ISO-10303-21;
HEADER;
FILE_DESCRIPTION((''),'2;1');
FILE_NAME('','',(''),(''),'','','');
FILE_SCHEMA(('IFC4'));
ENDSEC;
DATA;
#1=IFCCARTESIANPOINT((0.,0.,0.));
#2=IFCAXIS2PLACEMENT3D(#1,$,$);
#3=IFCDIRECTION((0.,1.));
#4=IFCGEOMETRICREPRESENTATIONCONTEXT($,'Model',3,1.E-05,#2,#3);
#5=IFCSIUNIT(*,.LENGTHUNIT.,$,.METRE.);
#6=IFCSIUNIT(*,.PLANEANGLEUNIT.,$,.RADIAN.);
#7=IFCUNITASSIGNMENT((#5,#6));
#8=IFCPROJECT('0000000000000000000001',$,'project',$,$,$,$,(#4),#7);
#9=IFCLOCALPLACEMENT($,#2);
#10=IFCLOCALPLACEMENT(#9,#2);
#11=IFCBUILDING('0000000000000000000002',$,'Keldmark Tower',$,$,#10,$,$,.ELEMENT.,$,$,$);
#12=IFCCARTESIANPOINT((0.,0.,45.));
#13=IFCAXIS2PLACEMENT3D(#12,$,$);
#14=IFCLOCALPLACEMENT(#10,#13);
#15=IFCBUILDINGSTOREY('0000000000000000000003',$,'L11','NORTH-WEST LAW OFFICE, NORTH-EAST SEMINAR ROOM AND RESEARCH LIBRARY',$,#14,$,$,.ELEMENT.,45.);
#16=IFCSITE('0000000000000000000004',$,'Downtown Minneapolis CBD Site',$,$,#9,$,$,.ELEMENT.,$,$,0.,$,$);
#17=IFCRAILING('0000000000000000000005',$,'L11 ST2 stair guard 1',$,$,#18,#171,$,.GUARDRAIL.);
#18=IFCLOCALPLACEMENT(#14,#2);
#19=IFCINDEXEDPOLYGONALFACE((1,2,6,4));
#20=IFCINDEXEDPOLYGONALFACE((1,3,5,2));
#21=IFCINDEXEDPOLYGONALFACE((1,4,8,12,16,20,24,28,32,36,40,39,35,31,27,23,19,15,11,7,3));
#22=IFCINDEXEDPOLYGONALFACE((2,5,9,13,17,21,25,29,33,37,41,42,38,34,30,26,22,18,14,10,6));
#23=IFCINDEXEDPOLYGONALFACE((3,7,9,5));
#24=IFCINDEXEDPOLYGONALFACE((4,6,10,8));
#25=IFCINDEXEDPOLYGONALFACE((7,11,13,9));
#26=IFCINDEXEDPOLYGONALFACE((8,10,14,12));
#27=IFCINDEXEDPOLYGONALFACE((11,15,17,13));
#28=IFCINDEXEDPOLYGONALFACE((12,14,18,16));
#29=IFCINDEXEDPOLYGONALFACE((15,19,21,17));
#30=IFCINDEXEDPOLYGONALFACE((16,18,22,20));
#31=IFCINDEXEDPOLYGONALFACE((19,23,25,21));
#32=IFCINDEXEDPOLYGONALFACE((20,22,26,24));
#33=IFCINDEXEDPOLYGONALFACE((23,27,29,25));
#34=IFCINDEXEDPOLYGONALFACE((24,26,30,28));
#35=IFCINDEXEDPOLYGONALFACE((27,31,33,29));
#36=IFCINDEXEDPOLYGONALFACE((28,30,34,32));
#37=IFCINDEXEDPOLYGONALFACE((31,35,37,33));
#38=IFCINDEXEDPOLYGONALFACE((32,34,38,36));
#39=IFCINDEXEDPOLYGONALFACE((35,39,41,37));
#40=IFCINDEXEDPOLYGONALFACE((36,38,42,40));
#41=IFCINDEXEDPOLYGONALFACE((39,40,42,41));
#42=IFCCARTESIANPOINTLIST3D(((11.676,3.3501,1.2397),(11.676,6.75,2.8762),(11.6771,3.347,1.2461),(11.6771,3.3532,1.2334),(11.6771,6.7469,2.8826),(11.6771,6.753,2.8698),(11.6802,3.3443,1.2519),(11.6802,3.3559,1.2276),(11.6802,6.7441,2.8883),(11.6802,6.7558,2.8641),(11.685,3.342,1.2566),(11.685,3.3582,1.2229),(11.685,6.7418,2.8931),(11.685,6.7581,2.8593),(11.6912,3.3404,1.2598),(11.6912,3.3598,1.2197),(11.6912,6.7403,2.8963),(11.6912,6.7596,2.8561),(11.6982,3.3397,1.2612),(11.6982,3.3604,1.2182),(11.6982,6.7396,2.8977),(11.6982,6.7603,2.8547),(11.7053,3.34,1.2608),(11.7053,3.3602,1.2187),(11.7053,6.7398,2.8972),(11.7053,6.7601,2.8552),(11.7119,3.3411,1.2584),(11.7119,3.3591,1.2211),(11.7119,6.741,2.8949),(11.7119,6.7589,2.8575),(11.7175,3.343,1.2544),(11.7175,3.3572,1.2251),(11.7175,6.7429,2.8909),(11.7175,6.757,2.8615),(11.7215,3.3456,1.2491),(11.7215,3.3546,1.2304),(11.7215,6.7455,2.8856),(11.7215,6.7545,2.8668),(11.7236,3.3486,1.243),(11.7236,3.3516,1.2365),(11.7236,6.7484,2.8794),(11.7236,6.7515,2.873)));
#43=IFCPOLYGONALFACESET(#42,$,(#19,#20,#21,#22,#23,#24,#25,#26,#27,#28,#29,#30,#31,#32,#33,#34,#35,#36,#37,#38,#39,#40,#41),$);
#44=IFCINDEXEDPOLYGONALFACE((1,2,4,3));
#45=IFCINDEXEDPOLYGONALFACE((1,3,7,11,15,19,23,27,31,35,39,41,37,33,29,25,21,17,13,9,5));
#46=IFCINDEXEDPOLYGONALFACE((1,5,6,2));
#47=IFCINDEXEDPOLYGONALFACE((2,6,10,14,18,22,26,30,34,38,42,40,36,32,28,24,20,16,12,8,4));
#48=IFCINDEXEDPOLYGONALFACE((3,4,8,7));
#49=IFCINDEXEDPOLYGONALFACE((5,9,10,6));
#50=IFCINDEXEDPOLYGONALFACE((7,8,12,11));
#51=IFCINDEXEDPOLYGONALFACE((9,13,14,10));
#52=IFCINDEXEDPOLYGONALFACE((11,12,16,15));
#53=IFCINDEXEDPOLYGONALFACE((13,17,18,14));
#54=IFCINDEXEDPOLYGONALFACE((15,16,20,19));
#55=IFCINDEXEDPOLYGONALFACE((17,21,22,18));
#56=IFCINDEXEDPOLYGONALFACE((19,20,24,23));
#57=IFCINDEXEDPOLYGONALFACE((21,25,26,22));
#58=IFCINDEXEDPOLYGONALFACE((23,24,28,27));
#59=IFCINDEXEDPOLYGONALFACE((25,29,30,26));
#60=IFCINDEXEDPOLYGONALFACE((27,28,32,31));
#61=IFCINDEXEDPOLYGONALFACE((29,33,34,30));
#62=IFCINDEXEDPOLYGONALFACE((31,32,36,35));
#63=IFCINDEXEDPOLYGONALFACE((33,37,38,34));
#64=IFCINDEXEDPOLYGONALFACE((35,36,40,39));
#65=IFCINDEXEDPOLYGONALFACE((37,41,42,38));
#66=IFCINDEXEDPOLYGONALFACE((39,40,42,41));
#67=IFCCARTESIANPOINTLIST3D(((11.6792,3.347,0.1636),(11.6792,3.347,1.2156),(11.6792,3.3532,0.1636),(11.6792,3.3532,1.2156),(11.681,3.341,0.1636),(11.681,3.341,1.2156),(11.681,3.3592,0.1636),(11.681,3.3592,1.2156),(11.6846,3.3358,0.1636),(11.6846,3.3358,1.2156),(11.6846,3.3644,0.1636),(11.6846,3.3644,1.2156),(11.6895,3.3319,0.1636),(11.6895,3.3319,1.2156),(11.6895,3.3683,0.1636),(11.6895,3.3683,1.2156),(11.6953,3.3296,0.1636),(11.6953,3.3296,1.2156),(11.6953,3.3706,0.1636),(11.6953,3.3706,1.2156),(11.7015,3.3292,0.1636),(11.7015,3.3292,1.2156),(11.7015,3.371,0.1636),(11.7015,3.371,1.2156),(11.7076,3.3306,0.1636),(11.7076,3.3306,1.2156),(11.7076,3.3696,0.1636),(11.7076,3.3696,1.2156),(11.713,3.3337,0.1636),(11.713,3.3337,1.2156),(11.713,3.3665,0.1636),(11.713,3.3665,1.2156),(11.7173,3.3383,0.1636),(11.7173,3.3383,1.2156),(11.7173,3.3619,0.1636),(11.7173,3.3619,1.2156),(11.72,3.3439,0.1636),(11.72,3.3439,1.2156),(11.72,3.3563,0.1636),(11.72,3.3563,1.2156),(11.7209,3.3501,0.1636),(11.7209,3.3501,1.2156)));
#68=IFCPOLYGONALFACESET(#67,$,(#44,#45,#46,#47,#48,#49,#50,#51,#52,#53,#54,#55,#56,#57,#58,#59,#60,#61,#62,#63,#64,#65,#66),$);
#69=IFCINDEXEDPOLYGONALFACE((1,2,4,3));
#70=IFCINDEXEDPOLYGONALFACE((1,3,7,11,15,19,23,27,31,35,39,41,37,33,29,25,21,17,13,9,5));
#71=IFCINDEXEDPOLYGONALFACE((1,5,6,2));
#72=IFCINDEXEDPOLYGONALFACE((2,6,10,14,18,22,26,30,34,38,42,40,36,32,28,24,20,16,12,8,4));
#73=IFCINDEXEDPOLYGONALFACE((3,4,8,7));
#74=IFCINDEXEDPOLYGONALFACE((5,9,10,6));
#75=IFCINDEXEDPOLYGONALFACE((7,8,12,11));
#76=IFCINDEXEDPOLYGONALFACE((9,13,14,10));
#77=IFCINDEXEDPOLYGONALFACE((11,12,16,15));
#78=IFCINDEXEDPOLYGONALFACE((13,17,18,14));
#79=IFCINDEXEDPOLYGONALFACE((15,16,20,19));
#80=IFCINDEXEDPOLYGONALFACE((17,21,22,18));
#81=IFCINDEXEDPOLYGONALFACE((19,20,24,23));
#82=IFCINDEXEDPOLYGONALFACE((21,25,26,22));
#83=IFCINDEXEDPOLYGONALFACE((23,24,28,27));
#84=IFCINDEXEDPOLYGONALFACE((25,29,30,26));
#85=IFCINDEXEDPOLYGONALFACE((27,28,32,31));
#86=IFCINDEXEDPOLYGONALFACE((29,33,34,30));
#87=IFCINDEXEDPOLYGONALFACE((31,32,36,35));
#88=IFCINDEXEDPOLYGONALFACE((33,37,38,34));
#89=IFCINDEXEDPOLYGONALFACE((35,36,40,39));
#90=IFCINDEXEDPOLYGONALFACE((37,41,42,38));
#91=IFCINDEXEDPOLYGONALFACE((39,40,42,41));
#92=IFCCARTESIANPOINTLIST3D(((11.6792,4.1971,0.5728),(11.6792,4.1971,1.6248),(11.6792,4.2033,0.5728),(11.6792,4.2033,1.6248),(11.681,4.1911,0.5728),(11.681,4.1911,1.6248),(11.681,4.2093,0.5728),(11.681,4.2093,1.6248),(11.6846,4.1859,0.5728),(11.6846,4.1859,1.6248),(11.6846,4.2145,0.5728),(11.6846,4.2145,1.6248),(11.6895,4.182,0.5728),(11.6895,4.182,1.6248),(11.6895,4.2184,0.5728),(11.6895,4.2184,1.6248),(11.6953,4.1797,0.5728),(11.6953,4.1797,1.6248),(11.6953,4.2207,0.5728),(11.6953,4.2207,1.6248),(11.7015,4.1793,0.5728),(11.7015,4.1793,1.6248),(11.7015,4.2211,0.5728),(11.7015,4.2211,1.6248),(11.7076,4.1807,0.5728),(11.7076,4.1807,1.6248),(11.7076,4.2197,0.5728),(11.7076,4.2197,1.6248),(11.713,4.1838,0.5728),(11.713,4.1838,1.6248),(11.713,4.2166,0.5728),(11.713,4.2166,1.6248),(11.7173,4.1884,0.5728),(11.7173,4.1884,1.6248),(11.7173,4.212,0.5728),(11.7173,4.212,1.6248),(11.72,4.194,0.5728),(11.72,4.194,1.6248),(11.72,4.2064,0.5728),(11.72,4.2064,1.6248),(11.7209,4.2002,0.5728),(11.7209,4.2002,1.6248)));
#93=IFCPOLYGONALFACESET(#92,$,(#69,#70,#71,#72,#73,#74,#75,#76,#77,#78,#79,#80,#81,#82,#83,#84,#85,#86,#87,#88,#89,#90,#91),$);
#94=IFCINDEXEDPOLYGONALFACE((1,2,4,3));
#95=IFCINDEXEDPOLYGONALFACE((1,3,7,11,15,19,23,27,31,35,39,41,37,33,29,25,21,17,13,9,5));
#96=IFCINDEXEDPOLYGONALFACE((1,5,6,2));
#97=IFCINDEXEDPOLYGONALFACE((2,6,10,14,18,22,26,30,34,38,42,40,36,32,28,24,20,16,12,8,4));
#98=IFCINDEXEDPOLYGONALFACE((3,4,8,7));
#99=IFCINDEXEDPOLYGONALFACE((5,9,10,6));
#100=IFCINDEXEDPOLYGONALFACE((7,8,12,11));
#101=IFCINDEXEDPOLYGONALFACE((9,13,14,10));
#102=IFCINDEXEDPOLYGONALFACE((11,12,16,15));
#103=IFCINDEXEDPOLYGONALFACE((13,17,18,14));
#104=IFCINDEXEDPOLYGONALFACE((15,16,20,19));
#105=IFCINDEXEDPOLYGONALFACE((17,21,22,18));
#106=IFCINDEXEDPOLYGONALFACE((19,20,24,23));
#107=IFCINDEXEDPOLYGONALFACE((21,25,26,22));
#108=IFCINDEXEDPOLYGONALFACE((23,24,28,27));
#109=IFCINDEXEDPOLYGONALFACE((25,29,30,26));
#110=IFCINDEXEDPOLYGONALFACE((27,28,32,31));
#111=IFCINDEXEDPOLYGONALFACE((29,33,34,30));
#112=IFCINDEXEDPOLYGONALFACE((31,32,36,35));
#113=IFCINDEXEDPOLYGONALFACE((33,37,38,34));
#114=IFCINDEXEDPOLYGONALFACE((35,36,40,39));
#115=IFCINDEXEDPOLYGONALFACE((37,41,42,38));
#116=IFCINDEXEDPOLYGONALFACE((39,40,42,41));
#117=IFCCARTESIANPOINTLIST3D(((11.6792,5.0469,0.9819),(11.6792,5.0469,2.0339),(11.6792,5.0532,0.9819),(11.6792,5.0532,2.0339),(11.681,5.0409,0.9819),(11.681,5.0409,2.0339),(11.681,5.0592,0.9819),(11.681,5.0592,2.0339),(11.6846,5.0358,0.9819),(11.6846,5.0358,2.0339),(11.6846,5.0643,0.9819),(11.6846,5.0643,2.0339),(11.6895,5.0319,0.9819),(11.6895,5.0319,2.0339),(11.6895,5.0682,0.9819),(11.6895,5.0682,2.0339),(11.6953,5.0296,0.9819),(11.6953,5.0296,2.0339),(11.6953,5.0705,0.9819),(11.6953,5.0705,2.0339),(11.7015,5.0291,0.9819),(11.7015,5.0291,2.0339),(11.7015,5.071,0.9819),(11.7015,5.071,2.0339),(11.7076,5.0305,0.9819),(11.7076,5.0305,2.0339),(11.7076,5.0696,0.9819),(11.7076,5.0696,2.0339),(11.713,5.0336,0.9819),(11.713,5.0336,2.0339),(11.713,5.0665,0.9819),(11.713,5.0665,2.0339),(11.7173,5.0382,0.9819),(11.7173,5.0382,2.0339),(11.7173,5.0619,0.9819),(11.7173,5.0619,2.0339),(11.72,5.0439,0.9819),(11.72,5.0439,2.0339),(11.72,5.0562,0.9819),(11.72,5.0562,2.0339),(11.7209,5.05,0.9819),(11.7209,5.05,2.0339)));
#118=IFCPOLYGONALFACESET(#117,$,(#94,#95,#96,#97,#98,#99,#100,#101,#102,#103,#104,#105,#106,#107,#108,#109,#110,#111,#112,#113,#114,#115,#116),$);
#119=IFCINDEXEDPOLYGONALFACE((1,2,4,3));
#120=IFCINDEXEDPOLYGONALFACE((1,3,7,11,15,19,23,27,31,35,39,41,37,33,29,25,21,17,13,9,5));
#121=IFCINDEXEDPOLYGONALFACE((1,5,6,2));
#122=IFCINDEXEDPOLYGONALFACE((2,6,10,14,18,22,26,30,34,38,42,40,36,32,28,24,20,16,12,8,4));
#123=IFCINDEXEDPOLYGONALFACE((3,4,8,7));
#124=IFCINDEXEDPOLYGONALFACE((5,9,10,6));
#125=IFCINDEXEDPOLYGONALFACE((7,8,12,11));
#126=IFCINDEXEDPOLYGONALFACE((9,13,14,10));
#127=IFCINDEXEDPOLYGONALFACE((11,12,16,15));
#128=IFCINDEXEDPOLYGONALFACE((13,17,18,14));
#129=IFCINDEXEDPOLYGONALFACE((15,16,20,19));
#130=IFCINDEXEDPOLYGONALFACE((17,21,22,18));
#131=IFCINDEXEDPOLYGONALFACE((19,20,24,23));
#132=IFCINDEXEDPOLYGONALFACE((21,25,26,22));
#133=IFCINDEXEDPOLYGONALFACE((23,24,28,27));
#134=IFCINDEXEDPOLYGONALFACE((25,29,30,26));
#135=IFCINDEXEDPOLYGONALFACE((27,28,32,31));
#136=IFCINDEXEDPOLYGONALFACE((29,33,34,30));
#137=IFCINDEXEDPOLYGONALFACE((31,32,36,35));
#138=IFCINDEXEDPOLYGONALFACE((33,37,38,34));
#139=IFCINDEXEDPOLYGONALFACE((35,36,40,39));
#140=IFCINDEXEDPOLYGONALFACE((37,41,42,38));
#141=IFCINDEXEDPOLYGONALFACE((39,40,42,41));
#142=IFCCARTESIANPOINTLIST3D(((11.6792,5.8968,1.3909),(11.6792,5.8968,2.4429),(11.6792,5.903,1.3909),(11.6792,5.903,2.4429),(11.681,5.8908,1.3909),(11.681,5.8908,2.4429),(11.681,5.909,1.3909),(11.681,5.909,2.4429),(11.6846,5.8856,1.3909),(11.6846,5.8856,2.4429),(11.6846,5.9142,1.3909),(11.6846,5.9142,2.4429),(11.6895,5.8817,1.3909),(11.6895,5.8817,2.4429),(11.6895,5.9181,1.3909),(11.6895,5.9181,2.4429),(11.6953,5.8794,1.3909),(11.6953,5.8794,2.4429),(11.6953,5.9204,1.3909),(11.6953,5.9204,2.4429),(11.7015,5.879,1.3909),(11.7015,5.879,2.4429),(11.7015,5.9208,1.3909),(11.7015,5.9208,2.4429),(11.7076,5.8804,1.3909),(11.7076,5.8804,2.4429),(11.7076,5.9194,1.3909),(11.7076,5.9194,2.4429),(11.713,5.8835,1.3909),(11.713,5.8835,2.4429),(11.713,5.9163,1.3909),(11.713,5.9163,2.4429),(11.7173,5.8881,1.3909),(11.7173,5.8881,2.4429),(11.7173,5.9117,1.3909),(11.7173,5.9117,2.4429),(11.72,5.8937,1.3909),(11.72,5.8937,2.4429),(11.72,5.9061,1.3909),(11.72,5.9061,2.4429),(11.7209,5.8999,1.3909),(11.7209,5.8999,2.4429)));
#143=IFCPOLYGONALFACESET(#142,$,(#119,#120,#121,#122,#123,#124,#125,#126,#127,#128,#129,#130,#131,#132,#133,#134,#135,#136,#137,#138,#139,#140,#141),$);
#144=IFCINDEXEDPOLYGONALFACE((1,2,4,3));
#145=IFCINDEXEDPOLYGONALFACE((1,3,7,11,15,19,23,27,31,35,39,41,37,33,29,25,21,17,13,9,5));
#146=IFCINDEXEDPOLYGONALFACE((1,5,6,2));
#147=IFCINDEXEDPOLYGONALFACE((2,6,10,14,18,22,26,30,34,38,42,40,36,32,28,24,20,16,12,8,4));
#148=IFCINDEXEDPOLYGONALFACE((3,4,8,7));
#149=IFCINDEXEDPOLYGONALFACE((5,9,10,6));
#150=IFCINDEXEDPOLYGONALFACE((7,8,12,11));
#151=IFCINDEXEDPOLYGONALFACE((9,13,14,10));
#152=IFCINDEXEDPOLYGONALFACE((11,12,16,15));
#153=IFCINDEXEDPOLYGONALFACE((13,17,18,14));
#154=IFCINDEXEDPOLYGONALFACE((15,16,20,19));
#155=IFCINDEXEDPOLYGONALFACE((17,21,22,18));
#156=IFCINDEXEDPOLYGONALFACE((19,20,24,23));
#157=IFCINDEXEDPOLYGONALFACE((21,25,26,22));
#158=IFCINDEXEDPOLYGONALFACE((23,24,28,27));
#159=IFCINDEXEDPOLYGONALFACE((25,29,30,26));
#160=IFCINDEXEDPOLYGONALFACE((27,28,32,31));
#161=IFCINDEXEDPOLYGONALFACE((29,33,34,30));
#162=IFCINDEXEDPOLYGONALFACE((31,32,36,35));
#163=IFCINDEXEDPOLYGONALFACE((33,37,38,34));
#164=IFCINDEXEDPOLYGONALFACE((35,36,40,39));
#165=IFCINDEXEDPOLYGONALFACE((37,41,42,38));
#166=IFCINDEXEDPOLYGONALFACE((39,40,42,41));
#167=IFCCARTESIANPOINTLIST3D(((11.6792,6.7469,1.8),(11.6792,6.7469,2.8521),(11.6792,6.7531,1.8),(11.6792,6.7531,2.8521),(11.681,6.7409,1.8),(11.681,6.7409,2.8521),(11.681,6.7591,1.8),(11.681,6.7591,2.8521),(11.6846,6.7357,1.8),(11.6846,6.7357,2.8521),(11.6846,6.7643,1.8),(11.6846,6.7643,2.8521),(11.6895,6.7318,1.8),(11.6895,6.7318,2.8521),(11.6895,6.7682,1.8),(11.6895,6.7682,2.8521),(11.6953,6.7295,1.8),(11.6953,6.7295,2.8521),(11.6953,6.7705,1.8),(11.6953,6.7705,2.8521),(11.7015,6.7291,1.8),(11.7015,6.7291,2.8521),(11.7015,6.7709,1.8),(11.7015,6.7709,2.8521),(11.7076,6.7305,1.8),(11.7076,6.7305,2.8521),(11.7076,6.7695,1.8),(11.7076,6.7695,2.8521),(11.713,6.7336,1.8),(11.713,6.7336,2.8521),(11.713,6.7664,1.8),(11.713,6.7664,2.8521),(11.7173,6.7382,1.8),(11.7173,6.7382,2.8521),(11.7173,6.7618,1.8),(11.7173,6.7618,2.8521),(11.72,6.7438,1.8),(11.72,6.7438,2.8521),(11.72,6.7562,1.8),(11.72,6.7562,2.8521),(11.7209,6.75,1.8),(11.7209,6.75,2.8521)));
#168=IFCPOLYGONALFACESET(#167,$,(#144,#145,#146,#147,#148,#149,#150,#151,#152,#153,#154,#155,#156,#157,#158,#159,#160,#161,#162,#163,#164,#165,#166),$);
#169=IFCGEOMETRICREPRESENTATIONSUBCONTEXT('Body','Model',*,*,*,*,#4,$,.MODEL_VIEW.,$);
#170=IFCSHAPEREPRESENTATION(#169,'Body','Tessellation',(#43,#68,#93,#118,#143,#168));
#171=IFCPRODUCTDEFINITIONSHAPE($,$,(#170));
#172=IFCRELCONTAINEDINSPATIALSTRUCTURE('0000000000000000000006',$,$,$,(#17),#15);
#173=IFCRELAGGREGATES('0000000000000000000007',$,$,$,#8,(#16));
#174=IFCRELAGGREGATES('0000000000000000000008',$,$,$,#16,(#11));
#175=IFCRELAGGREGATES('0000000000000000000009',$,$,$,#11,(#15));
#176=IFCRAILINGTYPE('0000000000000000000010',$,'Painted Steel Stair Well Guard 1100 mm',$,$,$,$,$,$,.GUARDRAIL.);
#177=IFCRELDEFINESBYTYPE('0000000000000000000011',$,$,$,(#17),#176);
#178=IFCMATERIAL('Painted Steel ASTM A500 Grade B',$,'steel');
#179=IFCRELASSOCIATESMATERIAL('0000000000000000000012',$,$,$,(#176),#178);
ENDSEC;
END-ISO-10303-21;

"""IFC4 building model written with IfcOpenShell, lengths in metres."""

from ifc_helpers import new_model, si_unit, direction, frame, origin, origin_2d, place, context, subcontext, project, spatial, circle, extrude, material, type_object, element, save


model = new_model("IFC4")

# Units and contexts
model_context = context("Model", 3, precision=1e-05, world=origin(), true_north=direction((0.0, 1.0)))
body_context = subcontext(model_context, "Body", "Model", "MODEL_VIEW")
ifc_project = project(units=[si_unit("LENGTHUNIT", "METRE"), si_unit("PLANEANGLEUNIT", "RADIAN")], contexts=[model_context])

# Site, building, storey
site_placement = place(None, origin())
site = spatial("IfcSite", under=ifc_project, at=site_placement, Name="Downtown Minneapolis CBD Site", CompositionType="ELEMENT", RefElevation=0.0)
building_placement = place(site_placement, origin())
building = spatial("IfcBuilding", under=site, at=building_placement, Name="Keldmark Tower", CompositionType="ELEMENT")
storey_placement = place(building_placement, frame((0.0, 0.0, 45.0)))
storey = spatial("IfcBuildingStorey", under=building, at=storey_placement, Name="L11", Description="NORTH-WEST LAW OFFICE, NORTH-EAST SEMINAR ROOM AND RESEARCH LIBRARY", CompositionType="ELEMENT", Elevation=45.0)

# Railing
ifc_material_1 = material(Name="Painted Steel ASTM A500 Grade B", Category="steel")
railing_type_1 = type_object("IfcRailingType", Name="Painted Steel Stair Well Guard 1100 mm", PredefinedType="GUARDRAIL", material=ifc_material_1)
railing_1_placement = place(storey_placement, frame((11.7, 3.3501, 0.1636)))
element("IfcRailing", 1, at=railing_1_placement, inside=storey, type_object=railing_type_1, Name="L11 ST2 stair guard 1", PredefinedType="GUARDRAIL", context=body_context, shape_type="SweptSolid", body=[
    extrude(circle(Radius=0.0239, at=origin_2d()), frame((0.0, 0.0, 1.0762), z_axis=(0.0, 0.901055, 0.433705), x_axis=(-1.0, 0.0, 0.0)), (0.0, 0.0, 1.0), 3.7732),
    extrude(circle(Radius=0.021, at=origin_2d()), origin(), (0.0, 0.0, 1.0), 1.052),
    extrude(circle(Radius=0.021, at=origin_2d()), frame((0.0, 0.8501, 0.4092)), (0.0, 0.0, 1.0), 1.052),
    extrude(circle(Radius=0.021, at=origin_2d()), frame((0.0, 1.7, 0.8184)), (0.0, 0.0, 1.0), 1.052),
    extrude(circle(Radius=0.021, at=origin_2d()), frame((0.0, 2.5498, 1.2273)), (0.0, 0.0, 1.0), 1.052),
    extrude(circle(Radius=0.021, at=origin_2d()), frame((0.0, 3.3999, 1.6365)), (0.0, 0.0, 1.0), 1.052),
])

save(model, "model.ifc")
